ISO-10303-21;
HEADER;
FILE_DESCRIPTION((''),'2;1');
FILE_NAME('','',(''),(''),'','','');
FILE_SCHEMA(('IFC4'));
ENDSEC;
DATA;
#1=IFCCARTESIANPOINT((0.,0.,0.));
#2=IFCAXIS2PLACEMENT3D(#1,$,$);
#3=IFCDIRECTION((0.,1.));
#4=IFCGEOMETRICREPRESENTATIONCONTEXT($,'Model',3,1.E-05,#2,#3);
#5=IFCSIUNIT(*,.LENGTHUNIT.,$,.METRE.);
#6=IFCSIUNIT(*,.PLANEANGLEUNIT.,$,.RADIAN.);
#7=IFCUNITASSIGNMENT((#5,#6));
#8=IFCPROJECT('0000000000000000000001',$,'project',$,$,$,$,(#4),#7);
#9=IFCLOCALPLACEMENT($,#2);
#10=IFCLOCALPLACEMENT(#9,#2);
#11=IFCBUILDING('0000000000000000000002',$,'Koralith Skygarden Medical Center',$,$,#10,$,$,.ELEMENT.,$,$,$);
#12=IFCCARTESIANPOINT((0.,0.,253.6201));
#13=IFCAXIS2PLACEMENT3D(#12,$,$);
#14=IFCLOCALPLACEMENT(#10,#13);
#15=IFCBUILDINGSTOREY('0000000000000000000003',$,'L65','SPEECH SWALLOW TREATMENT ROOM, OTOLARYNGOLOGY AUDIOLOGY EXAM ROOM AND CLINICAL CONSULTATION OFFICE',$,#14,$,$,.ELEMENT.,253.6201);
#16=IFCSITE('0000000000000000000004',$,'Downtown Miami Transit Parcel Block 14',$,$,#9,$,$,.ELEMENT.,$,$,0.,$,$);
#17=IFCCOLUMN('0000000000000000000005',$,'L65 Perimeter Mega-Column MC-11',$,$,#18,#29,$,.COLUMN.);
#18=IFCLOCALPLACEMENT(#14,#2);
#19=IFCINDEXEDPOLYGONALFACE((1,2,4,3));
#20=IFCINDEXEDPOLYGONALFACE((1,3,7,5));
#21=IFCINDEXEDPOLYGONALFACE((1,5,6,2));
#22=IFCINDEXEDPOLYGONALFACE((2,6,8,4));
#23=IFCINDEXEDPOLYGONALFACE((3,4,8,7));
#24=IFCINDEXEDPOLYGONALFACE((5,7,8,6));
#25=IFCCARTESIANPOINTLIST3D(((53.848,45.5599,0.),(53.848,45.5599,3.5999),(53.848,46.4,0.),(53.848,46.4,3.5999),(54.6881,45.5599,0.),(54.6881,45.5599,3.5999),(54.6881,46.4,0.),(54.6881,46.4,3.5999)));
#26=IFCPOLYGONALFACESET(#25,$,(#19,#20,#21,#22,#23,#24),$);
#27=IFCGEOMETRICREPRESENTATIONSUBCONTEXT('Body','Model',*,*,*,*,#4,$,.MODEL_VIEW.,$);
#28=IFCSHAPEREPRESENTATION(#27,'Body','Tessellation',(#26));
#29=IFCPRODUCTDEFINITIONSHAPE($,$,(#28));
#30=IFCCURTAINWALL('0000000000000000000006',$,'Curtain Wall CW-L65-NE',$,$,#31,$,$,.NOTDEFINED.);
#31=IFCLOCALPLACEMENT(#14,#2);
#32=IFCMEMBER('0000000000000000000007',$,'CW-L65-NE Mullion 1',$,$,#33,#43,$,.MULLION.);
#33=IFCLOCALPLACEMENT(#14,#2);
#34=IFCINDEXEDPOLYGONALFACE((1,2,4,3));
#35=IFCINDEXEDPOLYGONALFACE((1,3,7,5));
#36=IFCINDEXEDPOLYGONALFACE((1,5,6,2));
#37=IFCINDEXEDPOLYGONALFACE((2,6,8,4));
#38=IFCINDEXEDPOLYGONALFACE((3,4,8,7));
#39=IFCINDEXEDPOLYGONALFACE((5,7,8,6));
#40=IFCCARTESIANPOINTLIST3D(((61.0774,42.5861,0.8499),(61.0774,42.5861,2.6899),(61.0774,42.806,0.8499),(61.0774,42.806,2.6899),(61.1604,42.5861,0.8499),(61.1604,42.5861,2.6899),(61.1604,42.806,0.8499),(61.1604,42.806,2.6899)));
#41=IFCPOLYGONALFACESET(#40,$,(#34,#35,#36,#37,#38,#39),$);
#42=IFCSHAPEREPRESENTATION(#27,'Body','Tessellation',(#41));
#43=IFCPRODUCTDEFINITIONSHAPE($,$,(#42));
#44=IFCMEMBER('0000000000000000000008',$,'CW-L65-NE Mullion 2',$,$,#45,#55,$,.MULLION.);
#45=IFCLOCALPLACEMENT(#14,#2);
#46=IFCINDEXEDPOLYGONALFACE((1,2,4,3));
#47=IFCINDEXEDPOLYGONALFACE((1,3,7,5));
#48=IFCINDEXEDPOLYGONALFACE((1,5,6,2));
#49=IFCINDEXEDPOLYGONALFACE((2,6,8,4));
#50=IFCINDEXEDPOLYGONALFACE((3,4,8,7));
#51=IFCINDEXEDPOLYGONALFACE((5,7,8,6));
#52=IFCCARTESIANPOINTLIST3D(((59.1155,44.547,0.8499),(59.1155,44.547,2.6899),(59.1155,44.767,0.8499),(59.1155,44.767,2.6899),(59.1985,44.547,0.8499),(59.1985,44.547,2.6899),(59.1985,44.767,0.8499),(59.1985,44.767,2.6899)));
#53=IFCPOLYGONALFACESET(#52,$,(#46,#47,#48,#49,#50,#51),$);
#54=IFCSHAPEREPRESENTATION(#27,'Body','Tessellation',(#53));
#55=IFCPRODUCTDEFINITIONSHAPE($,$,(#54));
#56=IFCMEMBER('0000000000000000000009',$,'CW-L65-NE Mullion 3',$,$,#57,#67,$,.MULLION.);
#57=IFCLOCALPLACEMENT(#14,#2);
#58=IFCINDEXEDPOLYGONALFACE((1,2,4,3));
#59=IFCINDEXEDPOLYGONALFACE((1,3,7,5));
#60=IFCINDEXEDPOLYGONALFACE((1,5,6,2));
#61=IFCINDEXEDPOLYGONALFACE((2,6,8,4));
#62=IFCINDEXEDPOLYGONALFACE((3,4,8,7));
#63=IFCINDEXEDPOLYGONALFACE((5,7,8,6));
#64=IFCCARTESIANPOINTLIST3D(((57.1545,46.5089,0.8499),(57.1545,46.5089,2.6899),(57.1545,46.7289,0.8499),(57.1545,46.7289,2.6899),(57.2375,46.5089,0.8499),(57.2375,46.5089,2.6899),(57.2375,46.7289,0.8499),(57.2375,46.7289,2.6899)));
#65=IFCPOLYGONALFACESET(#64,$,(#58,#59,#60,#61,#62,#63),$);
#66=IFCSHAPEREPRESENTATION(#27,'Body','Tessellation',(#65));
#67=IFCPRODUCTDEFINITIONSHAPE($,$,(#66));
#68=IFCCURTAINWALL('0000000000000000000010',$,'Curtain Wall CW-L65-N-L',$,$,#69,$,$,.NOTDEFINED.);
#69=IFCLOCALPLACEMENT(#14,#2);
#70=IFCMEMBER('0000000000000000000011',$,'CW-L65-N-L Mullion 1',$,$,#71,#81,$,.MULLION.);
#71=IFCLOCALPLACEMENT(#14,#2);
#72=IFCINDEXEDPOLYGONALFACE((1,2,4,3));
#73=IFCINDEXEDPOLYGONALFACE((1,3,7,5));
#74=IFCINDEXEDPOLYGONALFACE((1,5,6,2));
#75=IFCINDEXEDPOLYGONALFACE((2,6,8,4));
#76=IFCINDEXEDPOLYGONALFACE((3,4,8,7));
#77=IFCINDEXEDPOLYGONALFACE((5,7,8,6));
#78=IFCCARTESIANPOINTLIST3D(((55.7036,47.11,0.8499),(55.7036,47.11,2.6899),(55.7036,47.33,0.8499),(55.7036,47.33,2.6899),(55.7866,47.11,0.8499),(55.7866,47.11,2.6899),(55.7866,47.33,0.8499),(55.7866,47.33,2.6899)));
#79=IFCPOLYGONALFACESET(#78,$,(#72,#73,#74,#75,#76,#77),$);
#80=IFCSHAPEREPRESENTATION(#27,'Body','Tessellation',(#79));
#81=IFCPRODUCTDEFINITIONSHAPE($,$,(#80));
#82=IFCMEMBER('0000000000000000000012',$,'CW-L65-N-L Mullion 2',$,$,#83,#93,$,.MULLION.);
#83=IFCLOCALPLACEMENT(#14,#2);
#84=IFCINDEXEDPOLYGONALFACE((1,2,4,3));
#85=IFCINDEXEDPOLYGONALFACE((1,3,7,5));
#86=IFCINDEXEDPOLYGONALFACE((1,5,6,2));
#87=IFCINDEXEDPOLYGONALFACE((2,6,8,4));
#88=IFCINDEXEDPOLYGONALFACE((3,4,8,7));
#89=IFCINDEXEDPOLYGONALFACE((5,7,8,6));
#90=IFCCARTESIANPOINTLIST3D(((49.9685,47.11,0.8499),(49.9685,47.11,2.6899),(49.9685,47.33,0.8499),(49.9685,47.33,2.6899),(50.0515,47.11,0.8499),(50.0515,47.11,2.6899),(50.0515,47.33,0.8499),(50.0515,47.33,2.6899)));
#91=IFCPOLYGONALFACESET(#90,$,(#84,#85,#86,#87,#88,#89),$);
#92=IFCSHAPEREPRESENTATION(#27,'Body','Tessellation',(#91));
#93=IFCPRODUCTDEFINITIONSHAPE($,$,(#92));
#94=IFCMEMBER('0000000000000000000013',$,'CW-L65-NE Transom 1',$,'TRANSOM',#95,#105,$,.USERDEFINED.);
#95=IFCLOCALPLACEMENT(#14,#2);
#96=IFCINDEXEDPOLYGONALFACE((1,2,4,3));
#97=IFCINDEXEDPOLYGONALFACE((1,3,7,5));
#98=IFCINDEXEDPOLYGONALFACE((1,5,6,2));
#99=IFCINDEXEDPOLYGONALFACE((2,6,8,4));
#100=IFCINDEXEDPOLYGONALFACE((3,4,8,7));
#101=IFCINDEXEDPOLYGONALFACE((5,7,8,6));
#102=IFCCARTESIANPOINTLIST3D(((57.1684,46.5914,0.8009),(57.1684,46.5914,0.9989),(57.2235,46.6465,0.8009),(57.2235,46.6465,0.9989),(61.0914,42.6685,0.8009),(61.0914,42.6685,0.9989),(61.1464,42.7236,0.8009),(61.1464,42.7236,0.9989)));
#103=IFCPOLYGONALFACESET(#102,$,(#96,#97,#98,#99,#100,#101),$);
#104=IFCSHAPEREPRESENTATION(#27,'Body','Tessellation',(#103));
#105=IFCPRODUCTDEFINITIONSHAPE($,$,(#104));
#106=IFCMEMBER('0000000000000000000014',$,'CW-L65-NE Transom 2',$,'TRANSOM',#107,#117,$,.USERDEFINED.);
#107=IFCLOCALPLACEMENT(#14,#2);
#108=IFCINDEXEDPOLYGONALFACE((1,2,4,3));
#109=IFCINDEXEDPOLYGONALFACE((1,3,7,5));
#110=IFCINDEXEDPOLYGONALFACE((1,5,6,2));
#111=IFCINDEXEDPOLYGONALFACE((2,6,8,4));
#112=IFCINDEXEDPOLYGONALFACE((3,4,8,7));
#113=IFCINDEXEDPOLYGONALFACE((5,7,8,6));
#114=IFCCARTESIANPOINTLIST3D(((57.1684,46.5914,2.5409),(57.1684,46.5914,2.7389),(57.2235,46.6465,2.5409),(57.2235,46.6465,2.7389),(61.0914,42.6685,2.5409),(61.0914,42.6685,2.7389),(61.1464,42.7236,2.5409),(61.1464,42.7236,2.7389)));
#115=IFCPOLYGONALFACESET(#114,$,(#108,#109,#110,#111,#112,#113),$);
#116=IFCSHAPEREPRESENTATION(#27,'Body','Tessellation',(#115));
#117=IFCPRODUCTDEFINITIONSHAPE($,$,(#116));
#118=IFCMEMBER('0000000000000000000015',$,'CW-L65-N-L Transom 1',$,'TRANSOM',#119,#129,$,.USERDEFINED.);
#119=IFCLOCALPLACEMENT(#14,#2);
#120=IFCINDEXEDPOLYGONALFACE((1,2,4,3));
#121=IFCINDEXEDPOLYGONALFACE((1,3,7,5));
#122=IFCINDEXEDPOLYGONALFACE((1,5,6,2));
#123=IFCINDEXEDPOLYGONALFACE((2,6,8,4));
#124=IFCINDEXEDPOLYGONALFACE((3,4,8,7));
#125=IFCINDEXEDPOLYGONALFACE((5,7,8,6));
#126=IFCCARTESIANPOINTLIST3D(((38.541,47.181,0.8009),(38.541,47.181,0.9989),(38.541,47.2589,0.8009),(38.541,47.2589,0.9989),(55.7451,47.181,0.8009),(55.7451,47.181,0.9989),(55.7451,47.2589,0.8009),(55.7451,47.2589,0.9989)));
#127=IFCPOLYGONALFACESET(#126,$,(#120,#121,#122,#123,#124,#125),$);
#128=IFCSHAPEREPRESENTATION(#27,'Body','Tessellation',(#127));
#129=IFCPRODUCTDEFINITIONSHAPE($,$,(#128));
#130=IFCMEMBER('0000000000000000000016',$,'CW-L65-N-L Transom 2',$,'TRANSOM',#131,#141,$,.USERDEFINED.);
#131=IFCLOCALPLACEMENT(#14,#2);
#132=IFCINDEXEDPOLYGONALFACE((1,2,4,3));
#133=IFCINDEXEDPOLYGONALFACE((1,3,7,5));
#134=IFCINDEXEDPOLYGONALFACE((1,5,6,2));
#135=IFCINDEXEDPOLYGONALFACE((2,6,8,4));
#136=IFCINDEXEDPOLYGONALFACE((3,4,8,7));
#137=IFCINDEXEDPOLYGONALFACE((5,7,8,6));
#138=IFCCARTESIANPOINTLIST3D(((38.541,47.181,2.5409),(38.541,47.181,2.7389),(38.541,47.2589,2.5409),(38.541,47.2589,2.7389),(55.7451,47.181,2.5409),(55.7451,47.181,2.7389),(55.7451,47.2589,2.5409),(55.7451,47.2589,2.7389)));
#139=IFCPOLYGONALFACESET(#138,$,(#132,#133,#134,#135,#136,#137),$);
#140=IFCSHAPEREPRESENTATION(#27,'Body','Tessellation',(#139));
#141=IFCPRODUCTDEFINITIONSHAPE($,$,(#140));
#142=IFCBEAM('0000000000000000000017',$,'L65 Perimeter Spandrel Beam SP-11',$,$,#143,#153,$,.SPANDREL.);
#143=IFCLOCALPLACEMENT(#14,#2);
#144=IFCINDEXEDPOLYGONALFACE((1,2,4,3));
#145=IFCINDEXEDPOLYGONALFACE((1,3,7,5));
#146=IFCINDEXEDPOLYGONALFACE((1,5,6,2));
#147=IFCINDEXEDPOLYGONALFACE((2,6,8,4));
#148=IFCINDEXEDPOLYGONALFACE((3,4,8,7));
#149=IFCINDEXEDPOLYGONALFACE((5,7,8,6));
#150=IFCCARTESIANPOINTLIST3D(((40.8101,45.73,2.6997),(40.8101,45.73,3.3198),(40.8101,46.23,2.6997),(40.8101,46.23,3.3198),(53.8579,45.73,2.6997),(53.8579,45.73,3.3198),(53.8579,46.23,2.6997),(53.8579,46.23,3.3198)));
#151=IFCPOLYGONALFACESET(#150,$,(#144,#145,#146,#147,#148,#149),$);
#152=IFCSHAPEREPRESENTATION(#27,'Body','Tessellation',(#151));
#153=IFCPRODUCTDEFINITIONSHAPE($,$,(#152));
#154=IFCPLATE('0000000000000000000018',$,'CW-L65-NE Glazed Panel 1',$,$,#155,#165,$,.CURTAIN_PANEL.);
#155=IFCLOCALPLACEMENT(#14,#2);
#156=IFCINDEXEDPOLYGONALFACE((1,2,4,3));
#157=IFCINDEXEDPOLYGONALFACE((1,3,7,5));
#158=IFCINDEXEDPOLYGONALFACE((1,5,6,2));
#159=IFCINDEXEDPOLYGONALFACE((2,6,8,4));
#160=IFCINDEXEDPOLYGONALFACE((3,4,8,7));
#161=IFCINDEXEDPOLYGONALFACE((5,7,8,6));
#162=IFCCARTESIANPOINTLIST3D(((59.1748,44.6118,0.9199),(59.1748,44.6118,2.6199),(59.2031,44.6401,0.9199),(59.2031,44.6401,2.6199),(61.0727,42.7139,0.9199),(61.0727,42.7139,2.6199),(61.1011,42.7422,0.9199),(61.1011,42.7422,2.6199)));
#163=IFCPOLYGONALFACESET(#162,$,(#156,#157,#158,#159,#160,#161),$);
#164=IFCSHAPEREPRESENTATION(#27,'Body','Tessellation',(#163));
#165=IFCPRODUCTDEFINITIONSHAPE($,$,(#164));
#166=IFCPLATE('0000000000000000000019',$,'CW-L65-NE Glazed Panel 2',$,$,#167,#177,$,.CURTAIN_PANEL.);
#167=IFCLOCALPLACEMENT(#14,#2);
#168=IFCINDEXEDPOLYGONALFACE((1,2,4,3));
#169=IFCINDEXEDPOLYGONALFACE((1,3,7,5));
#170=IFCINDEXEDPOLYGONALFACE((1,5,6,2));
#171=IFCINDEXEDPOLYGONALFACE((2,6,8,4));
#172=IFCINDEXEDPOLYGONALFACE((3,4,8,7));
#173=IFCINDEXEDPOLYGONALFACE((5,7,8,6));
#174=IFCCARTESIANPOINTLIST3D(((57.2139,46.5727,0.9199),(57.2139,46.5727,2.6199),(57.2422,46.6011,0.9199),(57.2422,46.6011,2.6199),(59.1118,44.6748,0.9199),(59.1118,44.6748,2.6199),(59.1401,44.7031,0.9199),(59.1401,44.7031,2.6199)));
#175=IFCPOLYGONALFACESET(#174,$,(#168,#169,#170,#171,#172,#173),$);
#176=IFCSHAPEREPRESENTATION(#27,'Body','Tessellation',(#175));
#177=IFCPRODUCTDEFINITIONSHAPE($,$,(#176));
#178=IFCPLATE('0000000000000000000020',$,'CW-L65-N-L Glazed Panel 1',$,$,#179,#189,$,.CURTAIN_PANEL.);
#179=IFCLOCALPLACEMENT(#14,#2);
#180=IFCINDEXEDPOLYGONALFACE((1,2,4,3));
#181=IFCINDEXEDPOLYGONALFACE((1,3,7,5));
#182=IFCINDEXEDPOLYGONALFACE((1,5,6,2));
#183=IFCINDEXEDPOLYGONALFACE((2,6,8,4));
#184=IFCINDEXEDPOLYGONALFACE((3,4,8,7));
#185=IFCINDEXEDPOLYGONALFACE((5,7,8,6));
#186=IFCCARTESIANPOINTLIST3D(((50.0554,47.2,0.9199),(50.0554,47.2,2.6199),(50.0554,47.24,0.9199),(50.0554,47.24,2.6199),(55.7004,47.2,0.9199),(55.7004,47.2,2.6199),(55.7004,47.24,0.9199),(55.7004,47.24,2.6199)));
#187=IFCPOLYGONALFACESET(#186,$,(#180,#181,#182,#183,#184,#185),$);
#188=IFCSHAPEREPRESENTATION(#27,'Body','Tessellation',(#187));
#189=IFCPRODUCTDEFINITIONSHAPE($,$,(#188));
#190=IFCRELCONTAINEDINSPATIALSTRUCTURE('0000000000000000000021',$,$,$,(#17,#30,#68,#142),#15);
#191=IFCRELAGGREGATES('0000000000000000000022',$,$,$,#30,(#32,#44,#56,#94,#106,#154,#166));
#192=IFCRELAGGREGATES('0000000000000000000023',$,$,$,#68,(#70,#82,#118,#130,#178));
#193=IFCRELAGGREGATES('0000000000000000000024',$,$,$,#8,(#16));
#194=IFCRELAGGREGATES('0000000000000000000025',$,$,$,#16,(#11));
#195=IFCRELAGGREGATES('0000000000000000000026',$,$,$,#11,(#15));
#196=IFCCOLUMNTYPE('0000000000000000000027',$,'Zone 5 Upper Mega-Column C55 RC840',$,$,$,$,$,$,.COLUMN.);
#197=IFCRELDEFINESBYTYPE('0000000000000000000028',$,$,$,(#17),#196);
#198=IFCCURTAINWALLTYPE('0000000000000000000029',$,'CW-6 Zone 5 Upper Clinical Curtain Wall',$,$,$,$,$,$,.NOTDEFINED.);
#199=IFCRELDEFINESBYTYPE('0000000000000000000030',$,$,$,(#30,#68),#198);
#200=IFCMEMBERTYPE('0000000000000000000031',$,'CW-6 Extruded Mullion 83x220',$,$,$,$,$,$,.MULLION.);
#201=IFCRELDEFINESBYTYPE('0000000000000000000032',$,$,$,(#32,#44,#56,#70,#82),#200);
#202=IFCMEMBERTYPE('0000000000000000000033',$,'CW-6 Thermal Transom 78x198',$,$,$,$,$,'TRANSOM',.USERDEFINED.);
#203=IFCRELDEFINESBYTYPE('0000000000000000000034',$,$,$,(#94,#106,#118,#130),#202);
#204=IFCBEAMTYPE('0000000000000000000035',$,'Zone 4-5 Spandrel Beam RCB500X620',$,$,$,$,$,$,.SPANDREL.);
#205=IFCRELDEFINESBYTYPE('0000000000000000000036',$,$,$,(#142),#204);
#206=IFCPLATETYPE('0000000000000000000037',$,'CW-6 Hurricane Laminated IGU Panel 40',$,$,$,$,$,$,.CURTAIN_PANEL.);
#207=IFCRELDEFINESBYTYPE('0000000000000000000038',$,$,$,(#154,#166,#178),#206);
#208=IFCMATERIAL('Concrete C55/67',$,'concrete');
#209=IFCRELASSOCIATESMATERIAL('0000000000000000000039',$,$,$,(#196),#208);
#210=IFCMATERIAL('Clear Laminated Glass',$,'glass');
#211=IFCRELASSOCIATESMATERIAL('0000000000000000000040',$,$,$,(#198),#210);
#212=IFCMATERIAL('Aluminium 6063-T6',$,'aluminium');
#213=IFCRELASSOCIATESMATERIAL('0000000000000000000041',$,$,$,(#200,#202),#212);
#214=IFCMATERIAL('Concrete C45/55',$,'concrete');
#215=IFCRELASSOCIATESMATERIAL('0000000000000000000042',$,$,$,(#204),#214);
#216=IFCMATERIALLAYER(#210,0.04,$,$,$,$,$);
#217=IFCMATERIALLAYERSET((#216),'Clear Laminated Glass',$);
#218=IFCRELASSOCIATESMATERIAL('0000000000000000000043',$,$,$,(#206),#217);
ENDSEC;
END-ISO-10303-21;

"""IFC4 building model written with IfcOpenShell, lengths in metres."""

from ifc_helpers import new_model, si_unit, direction, frame, origin, origin_2d, place, context, subcontext, project, spatial, rectangle, extrude, material, layer, layer_set, material_profile, profile_set, type_object, element, aggregate, save


model = new_model("IFC4")

# Units and contexts
model_context = context("Model", 3, precision=1e-05, world=origin(), true_north=direction((0.0, 1.0)))
body_context = subcontext(model_context, "Body", "Model", "MODEL_VIEW")
ifc_project = project(units=[si_unit("LENGTHUNIT", "METRE"), si_unit("PLANEANGLEUNIT", "RADIAN")], contexts=[model_context])

# Site, building, storey
site_placement = place(None, origin())
site = spatial("IfcSite", under=ifc_project, at=site_placement, Name="Downtown Miami Transit Parcel Block 14", CompositionType="ELEMENT", RefElevation=0.0)
building_placement = place(site_placement, origin())
building = spatial("IfcBuilding", under=site, at=building_placement, Name="Koralith Skygarden Medical Center", CompositionType="ELEMENT")
storey_placement = place(building_placement, frame((0.0, 0.0, 253.6201)))
storey = spatial("IfcBuildingStorey", under=building, at=storey_placement, Name="L65", Description="SPEECH SWALLOW TREATMENT ROOM, OTOLARYNGOLOGY AUDIOLOGY EXAM ROOM AND CLINICAL CONSULTATION OFFICE", CompositionType="ELEMENT", Elevation=253.6201)

# Column
ifc_material_1 = material(Name="Concrete C55/67", Category="concrete")
ifc_material_profile_1 = material_profile(ifc_material_1, rectangle(XDim=0.8401, YDim=0.8401, at=origin_2d()), Name="RC840X840")
ifc_profile_set_1 = profile_set([ifc_material_profile_1], Name="Concrete C55/67")
column_type = type_object("IfcColumnType", Name="Zone 5 Upper Mega-Column C55 RC840", PredefinedType="COLUMN", material=ifc_profile_set_1)
column_placement = place(storey_placement, frame((54.2681, 45.98, 0.0), z_axis=(0.0, 0.0, 1.0), x_axis=(1.0, 0.0, 0.0)))
element("IfcColumn", 1, at=column_placement, inside=storey, type_object=column_type, Name="L65 Perimeter Mega-Column MC-11", PredefinedType="COLUMN", context=body_context, shape_type="SweptSolid", body=[
    extrude(rectangle(XDim=0.8401, YDim=0.8401, at=origin_2d()), origin(), (0.0, 0.0, 1.0), 3.5999),
])

# Curtain walls, members
ifc_material_2 = material(Name="Clear Laminated Glass", Category="glass")
curtain_wall_type = type_object("IfcCurtainWallType", Name="CW-6 Zone 5 Upper Clinical Curtain Wall", PredefinedType="NOTDEFINED", material=ifc_material_2)
curtain_wall_1_placement = place(storey_placement, origin())
curtain_wall_1 = element("IfcCurtainWall", 2, at=curtain_wall_1_placement, inside=storey, type_object=curtain_wall_type, Name="Curtain Wall CW-L65-NE", PredefinedType="NOTDEFINED")
ifc_material_3 = material(Name="Aluminium 6063-T6", Category="aluminium")
ifc_material_profile_2 = material_profile(ifc_material_3, rectangle(XDim=0.083, YDim=0.22, at=origin_2d()), Name="MUL83X220")
ifc_profile_set_2 = profile_set([ifc_material_profile_2], Name="Aluminium 6063-T6")
member_type_1 = type_object("IfcMemberType", Name="CW-6 Extruded Mullion 83x220", PredefinedType="MULLION", material=ifc_profile_set_2)
member_1_placement = place(storey_placement, frame((61.1189, 42.696, 0.8499), z_axis=(0.0, 0.0, 1.0), x_axis=(1.0, 0.0, 0.0)))
member_1 = element("IfcMember", 3, at=member_1_placement, type_object=member_type_1, Name="CW-L65-NE Mullion 1", PredefinedType="MULLION", context=body_context, shape_type="SweptSolid", body=[
    extrude(rectangle(XDim=0.083, YDim=0.22, at=origin_2d()), origin(), (0.0, 0.0, 1.0), 1.8401),
])
member_2_placement = place(storey_placement, frame((59.157, 44.657, 0.8499), z_axis=(0.0, 0.0, 1.0), x_axis=(1.0, 0.0, 0.0)))
member_2 = element("IfcMember", 4, at=member_2_placement, type_object=member_type_1, Name="CW-L65-NE Mullion 2", PredefinedType="MULLION", context=body_context, shape_type="SweptSolid", body=[
    extrude(rectangle(XDim=0.083, YDim=0.22, at=origin_2d()), origin(), (0.0, 0.0, 1.0), 1.8401),
])
member_3_placement = place(storey_placement, frame((57.196, 46.6189, 0.8499), z_axis=(0.0, 0.0, 1.0), x_axis=(1.0, 0.0, 0.0)))
member_3 = element("IfcMember", 5, at=member_3_placement, type_object=member_type_1, Name="CW-L65-NE Mullion 3", PredefinedType="MULLION", context=body_context, shape_type="SweptSolid", body=[
    extrude(rectangle(XDim=0.083, YDim=0.22, at=origin_2d()), origin(), (0.0, 0.0, 1.0), 1.8401),
])
curtain_wall_2_placement = place(storey_placement, origin())
curtain_wall_2 = element("IfcCurtainWall", 6, at=curtain_wall_2_placement, inside=storey, type_object=curtain_wall_type, Name="Curtain Wall CW-L65-N-L", PredefinedType="NOTDEFINED")
member_4_placement = place(storey_placement, frame((55.7451, 47.22, 0.8499), z_axis=(0.0, 0.0, 1.0), x_axis=(1.0, 0.0, 0.0)))
member_4 = element("IfcMember", 7, at=member_4_placement, type_object=member_type_1, Name="CW-L65-N-L Mullion 1", PredefinedType="MULLION", context=body_context, shape_type="SweptSolid", body=[
    extrude(rectangle(XDim=0.083, YDim=0.22, at=origin_2d()), origin(), (0.0, 0.0, 1.0), 1.8401),
])
member_5_placement = place(storey_placement, frame((50.01, 47.22, 0.8499), z_axis=(0.0, 0.0, 1.0), x_axis=(1.0, 0.0, 0.0)))
member_5 = element("IfcMember", 8, at=member_5_placement, type_object=member_type_1, Name="CW-L65-N-L Mullion 2", PredefinedType="MULLION", context=body_context, shape_type="SweptSolid", body=[
    extrude(rectangle(XDim=0.083, YDim=0.22, at=origin_2d()), origin(), (0.0, 0.0, 1.0), 1.8401),
])

# Members
ifc_material_profile_3 = material_profile(ifc_material_3, rectangle(XDim=0.0779, YDim=0.198, at=origin_2d()), Name="TRN78X198")
ifc_profile_set_3 = profile_set([ifc_material_profile_3], Name="Aluminium 6063-T6")
member_type_2 = type_object("IfcMemberType", Name="CW-6 Thermal Transom 78x198", ElementType="TRANSOM", PredefinedType="USERDEFINED", material=ifc_profile_set_3)
member_6_placement = place(storey_placement, frame((61.1189, 42.696, 0.8999), z_axis=(-0.707107, 0.707107, 0.0), x_axis=(-0.707107, -0.707107, 0.0)))
member_6 = element("IfcMember", 9, at=member_6_placement, type_object=member_type_2, Name="CW-L65-NE Transom 1", ObjectType="TRANSOM", PredefinedType="USERDEFINED", context=body_context, shape_type="SweptSolid", body=[
    extrude(rectangle(XDim=0.0779, YDim=0.198, at=origin_2d()), origin(), (0.0, 0.0, 1.0), 5.5479),
])
member_7_placement = place(storey_placement, frame((61.1189, 42.696, 2.6399), z_axis=(-0.707107, 0.707107, 0.0), x_axis=(-0.707107, -0.707107, 0.0)))
member_7 = element("IfcMember", 10, at=member_7_placement, type_object=member_type_2, Name="CW-L65-NE Transom 2", ObjectType="TRANSOM", PredefinedType="USERDEFINED", context=body_context, shape_type="SweptSolid", body=[
    extrude(rectangle(XDim=0.0779, YDim=0.198, at=origin_2d()), origin(), (0.0, 0.0, 1.0), 5.5479),
])
member_8_placement = place(storey_placement, frame((55.7451, 47.22, 0.8999), z_axis=(-1.0, 0.0, 0.0), x_axis=(0.0, -1.0, 0.0)))
member_8 = element("IfcMember", 11, at=member_8_placement, type_object=member_type_2, Name="CW-L65-N-L Transom 1", ObjectType="TRANSOM", PredefinedType="USERDEFINED", context=body_context, shape_type="SweptSolid", body=[
    extrude(rectangle(XDim=0.0779, YDim=0.198, at=origin_2d()), origin(), (0.0, 0.0, 1.0), 17.2041),
])
member_9_placement = place(storey_placement, frame((55.7451, 47.22, 2.6399), z_axis=(-1.0, 0.0, 0.0), x_axis=(0.0, -1.0, 0.0)))
member_9 = element("IfcMember", 12, at=member_9_placement, type_object=member_type_2, Name="CW-L65-N-L Transom 2", ObjectType="TRANSOM", PredefinedType="USERDEFINED", context=body_context, shape_type="SweptSolid", body=[
    extrude(rectangle(XDim=0.0779, YDim=0.198, at=origin_2d()), origin(), (0.0, 0.0, 1.0), 17.2041),
])

# Beam
ifc_material_4 = material(Name="Concrete C45/55", Category="concrete")
ifc_material_profile_4 = material_profile(ifc_material_4, rectangle(XDim=0.5, YDim=0.6201, at=origin_2d()), Name="RCB500X620")
ifc_profile_set_4 = profile_set([ifc_material_profile_4], Name="Concrete C45/55")
beam_type = type_object("IfcBeamType", Name="Zone 4-5 Spandrel Beam RCB500X620", PredefinedType="SPANDREL", material=ifc_profile_set_4)
beam_placement = place(storey_placement, frame((53.8579, 45.98, 3.0098), z_axis=(-1.0, 0.0, 0.0), x_axis=(0.0, -1.0, 0.0)))
element("IfcBeam", 13, at=beam_placement, inside=storey, type_object=beam_type, Name="L65 Perimeter Spandrel Beam SP-11", PredefinedType="SPANDREL", context=body_context, shape_type="SweptSolid", body=[
    extrude(rectangle(XDim=0.5, YDim=0.6201, at=origin_2d()), origin(), (0.0, 0.0, 1.0), 13.0479),
])

# Plates
ifc_layer_1 = layer(ifc_material_2, 0.04)
ifc_layer_set_1 = layer_set([ifc_layer_1], Name="Clear Laminated Glass")
plate_type_1 = type_object("IfcPlateType", Name="CW-6 Hurricane Laminated IGU Panel 40", PredefinedType="CURTAIN_PANEL", material=ifc_layer_set_1)
plate_1_placement = place(storey_placement, frame((60.1379, 43.677, 0.9199), z_axis=(0.0, 0.0, 1.0), x_axis=(-0.707107, 0.707107, 0.0)))
plate_1 = element("IfcPlate", 14, at=plate_1_placement, type_object=plate_type_1, Name="CW-L65-NE Glazed Panel 1", PredefinedType="CURTAIN_PANEL", context=body_context, shape_type="SweptSolid", body=[
    extrude(rectangle(XDim=2.6841, YDim=0.04, at=origin_2d()), origin(), (0.0, 0.0, 1.0), 1.7),
])
plate_2_placement = place(storey_placement, frame((58.177, 45.6379, 0.9199), z_axis=(0.0, 0.0, 1.0), x_axis=(-0.707107, 0.707107, 0.0)))
plate_2 = element("IfcPlate", 15, at=plate_2_placement, type_object=plate_type_1, Name="CW-L65-NE Glazed Panel 2", PredefinedType="CURTAIN_PANEL", context=body_context, shape_type="SweptSolid", body=[
    extrude(rectangle(XDim=2.6841, YDim=0.04, at=origin_2d()), origin(), (0.0, 0.0, 1.0), 1.7),
])
aggregate(curtain_wall_1, [member_1, member_2, member_3, member_6, member_7, plate_1, plate_2])
plate_3_placement = place(storey_placement, frame((52.8779, 47.22, 0.9199), z_axis=(0.0, 0.0, 1.0), x_axis=(-1.0, 0.0, 0.0)))
plate_3 = element("IfcPlate", 16, at=plate_3_placement, type_object=plate_type_1, Name="CW-L65-N-L Glazed Panel 1", PredefinedType="CURTAIN_PANEL", context=body_context, shape_type="SweptSolid", body=[
    extrude(rectangle(XDim=5.645, YDim=0.04, at=origin_2d()), origin(), (0.0, 0.0, 1.0), 1.7),
])
aggregate(curtain_wall_2, [member_4, member_5, member_8, member_9, plate_3])

save(model, "model.ifc")
